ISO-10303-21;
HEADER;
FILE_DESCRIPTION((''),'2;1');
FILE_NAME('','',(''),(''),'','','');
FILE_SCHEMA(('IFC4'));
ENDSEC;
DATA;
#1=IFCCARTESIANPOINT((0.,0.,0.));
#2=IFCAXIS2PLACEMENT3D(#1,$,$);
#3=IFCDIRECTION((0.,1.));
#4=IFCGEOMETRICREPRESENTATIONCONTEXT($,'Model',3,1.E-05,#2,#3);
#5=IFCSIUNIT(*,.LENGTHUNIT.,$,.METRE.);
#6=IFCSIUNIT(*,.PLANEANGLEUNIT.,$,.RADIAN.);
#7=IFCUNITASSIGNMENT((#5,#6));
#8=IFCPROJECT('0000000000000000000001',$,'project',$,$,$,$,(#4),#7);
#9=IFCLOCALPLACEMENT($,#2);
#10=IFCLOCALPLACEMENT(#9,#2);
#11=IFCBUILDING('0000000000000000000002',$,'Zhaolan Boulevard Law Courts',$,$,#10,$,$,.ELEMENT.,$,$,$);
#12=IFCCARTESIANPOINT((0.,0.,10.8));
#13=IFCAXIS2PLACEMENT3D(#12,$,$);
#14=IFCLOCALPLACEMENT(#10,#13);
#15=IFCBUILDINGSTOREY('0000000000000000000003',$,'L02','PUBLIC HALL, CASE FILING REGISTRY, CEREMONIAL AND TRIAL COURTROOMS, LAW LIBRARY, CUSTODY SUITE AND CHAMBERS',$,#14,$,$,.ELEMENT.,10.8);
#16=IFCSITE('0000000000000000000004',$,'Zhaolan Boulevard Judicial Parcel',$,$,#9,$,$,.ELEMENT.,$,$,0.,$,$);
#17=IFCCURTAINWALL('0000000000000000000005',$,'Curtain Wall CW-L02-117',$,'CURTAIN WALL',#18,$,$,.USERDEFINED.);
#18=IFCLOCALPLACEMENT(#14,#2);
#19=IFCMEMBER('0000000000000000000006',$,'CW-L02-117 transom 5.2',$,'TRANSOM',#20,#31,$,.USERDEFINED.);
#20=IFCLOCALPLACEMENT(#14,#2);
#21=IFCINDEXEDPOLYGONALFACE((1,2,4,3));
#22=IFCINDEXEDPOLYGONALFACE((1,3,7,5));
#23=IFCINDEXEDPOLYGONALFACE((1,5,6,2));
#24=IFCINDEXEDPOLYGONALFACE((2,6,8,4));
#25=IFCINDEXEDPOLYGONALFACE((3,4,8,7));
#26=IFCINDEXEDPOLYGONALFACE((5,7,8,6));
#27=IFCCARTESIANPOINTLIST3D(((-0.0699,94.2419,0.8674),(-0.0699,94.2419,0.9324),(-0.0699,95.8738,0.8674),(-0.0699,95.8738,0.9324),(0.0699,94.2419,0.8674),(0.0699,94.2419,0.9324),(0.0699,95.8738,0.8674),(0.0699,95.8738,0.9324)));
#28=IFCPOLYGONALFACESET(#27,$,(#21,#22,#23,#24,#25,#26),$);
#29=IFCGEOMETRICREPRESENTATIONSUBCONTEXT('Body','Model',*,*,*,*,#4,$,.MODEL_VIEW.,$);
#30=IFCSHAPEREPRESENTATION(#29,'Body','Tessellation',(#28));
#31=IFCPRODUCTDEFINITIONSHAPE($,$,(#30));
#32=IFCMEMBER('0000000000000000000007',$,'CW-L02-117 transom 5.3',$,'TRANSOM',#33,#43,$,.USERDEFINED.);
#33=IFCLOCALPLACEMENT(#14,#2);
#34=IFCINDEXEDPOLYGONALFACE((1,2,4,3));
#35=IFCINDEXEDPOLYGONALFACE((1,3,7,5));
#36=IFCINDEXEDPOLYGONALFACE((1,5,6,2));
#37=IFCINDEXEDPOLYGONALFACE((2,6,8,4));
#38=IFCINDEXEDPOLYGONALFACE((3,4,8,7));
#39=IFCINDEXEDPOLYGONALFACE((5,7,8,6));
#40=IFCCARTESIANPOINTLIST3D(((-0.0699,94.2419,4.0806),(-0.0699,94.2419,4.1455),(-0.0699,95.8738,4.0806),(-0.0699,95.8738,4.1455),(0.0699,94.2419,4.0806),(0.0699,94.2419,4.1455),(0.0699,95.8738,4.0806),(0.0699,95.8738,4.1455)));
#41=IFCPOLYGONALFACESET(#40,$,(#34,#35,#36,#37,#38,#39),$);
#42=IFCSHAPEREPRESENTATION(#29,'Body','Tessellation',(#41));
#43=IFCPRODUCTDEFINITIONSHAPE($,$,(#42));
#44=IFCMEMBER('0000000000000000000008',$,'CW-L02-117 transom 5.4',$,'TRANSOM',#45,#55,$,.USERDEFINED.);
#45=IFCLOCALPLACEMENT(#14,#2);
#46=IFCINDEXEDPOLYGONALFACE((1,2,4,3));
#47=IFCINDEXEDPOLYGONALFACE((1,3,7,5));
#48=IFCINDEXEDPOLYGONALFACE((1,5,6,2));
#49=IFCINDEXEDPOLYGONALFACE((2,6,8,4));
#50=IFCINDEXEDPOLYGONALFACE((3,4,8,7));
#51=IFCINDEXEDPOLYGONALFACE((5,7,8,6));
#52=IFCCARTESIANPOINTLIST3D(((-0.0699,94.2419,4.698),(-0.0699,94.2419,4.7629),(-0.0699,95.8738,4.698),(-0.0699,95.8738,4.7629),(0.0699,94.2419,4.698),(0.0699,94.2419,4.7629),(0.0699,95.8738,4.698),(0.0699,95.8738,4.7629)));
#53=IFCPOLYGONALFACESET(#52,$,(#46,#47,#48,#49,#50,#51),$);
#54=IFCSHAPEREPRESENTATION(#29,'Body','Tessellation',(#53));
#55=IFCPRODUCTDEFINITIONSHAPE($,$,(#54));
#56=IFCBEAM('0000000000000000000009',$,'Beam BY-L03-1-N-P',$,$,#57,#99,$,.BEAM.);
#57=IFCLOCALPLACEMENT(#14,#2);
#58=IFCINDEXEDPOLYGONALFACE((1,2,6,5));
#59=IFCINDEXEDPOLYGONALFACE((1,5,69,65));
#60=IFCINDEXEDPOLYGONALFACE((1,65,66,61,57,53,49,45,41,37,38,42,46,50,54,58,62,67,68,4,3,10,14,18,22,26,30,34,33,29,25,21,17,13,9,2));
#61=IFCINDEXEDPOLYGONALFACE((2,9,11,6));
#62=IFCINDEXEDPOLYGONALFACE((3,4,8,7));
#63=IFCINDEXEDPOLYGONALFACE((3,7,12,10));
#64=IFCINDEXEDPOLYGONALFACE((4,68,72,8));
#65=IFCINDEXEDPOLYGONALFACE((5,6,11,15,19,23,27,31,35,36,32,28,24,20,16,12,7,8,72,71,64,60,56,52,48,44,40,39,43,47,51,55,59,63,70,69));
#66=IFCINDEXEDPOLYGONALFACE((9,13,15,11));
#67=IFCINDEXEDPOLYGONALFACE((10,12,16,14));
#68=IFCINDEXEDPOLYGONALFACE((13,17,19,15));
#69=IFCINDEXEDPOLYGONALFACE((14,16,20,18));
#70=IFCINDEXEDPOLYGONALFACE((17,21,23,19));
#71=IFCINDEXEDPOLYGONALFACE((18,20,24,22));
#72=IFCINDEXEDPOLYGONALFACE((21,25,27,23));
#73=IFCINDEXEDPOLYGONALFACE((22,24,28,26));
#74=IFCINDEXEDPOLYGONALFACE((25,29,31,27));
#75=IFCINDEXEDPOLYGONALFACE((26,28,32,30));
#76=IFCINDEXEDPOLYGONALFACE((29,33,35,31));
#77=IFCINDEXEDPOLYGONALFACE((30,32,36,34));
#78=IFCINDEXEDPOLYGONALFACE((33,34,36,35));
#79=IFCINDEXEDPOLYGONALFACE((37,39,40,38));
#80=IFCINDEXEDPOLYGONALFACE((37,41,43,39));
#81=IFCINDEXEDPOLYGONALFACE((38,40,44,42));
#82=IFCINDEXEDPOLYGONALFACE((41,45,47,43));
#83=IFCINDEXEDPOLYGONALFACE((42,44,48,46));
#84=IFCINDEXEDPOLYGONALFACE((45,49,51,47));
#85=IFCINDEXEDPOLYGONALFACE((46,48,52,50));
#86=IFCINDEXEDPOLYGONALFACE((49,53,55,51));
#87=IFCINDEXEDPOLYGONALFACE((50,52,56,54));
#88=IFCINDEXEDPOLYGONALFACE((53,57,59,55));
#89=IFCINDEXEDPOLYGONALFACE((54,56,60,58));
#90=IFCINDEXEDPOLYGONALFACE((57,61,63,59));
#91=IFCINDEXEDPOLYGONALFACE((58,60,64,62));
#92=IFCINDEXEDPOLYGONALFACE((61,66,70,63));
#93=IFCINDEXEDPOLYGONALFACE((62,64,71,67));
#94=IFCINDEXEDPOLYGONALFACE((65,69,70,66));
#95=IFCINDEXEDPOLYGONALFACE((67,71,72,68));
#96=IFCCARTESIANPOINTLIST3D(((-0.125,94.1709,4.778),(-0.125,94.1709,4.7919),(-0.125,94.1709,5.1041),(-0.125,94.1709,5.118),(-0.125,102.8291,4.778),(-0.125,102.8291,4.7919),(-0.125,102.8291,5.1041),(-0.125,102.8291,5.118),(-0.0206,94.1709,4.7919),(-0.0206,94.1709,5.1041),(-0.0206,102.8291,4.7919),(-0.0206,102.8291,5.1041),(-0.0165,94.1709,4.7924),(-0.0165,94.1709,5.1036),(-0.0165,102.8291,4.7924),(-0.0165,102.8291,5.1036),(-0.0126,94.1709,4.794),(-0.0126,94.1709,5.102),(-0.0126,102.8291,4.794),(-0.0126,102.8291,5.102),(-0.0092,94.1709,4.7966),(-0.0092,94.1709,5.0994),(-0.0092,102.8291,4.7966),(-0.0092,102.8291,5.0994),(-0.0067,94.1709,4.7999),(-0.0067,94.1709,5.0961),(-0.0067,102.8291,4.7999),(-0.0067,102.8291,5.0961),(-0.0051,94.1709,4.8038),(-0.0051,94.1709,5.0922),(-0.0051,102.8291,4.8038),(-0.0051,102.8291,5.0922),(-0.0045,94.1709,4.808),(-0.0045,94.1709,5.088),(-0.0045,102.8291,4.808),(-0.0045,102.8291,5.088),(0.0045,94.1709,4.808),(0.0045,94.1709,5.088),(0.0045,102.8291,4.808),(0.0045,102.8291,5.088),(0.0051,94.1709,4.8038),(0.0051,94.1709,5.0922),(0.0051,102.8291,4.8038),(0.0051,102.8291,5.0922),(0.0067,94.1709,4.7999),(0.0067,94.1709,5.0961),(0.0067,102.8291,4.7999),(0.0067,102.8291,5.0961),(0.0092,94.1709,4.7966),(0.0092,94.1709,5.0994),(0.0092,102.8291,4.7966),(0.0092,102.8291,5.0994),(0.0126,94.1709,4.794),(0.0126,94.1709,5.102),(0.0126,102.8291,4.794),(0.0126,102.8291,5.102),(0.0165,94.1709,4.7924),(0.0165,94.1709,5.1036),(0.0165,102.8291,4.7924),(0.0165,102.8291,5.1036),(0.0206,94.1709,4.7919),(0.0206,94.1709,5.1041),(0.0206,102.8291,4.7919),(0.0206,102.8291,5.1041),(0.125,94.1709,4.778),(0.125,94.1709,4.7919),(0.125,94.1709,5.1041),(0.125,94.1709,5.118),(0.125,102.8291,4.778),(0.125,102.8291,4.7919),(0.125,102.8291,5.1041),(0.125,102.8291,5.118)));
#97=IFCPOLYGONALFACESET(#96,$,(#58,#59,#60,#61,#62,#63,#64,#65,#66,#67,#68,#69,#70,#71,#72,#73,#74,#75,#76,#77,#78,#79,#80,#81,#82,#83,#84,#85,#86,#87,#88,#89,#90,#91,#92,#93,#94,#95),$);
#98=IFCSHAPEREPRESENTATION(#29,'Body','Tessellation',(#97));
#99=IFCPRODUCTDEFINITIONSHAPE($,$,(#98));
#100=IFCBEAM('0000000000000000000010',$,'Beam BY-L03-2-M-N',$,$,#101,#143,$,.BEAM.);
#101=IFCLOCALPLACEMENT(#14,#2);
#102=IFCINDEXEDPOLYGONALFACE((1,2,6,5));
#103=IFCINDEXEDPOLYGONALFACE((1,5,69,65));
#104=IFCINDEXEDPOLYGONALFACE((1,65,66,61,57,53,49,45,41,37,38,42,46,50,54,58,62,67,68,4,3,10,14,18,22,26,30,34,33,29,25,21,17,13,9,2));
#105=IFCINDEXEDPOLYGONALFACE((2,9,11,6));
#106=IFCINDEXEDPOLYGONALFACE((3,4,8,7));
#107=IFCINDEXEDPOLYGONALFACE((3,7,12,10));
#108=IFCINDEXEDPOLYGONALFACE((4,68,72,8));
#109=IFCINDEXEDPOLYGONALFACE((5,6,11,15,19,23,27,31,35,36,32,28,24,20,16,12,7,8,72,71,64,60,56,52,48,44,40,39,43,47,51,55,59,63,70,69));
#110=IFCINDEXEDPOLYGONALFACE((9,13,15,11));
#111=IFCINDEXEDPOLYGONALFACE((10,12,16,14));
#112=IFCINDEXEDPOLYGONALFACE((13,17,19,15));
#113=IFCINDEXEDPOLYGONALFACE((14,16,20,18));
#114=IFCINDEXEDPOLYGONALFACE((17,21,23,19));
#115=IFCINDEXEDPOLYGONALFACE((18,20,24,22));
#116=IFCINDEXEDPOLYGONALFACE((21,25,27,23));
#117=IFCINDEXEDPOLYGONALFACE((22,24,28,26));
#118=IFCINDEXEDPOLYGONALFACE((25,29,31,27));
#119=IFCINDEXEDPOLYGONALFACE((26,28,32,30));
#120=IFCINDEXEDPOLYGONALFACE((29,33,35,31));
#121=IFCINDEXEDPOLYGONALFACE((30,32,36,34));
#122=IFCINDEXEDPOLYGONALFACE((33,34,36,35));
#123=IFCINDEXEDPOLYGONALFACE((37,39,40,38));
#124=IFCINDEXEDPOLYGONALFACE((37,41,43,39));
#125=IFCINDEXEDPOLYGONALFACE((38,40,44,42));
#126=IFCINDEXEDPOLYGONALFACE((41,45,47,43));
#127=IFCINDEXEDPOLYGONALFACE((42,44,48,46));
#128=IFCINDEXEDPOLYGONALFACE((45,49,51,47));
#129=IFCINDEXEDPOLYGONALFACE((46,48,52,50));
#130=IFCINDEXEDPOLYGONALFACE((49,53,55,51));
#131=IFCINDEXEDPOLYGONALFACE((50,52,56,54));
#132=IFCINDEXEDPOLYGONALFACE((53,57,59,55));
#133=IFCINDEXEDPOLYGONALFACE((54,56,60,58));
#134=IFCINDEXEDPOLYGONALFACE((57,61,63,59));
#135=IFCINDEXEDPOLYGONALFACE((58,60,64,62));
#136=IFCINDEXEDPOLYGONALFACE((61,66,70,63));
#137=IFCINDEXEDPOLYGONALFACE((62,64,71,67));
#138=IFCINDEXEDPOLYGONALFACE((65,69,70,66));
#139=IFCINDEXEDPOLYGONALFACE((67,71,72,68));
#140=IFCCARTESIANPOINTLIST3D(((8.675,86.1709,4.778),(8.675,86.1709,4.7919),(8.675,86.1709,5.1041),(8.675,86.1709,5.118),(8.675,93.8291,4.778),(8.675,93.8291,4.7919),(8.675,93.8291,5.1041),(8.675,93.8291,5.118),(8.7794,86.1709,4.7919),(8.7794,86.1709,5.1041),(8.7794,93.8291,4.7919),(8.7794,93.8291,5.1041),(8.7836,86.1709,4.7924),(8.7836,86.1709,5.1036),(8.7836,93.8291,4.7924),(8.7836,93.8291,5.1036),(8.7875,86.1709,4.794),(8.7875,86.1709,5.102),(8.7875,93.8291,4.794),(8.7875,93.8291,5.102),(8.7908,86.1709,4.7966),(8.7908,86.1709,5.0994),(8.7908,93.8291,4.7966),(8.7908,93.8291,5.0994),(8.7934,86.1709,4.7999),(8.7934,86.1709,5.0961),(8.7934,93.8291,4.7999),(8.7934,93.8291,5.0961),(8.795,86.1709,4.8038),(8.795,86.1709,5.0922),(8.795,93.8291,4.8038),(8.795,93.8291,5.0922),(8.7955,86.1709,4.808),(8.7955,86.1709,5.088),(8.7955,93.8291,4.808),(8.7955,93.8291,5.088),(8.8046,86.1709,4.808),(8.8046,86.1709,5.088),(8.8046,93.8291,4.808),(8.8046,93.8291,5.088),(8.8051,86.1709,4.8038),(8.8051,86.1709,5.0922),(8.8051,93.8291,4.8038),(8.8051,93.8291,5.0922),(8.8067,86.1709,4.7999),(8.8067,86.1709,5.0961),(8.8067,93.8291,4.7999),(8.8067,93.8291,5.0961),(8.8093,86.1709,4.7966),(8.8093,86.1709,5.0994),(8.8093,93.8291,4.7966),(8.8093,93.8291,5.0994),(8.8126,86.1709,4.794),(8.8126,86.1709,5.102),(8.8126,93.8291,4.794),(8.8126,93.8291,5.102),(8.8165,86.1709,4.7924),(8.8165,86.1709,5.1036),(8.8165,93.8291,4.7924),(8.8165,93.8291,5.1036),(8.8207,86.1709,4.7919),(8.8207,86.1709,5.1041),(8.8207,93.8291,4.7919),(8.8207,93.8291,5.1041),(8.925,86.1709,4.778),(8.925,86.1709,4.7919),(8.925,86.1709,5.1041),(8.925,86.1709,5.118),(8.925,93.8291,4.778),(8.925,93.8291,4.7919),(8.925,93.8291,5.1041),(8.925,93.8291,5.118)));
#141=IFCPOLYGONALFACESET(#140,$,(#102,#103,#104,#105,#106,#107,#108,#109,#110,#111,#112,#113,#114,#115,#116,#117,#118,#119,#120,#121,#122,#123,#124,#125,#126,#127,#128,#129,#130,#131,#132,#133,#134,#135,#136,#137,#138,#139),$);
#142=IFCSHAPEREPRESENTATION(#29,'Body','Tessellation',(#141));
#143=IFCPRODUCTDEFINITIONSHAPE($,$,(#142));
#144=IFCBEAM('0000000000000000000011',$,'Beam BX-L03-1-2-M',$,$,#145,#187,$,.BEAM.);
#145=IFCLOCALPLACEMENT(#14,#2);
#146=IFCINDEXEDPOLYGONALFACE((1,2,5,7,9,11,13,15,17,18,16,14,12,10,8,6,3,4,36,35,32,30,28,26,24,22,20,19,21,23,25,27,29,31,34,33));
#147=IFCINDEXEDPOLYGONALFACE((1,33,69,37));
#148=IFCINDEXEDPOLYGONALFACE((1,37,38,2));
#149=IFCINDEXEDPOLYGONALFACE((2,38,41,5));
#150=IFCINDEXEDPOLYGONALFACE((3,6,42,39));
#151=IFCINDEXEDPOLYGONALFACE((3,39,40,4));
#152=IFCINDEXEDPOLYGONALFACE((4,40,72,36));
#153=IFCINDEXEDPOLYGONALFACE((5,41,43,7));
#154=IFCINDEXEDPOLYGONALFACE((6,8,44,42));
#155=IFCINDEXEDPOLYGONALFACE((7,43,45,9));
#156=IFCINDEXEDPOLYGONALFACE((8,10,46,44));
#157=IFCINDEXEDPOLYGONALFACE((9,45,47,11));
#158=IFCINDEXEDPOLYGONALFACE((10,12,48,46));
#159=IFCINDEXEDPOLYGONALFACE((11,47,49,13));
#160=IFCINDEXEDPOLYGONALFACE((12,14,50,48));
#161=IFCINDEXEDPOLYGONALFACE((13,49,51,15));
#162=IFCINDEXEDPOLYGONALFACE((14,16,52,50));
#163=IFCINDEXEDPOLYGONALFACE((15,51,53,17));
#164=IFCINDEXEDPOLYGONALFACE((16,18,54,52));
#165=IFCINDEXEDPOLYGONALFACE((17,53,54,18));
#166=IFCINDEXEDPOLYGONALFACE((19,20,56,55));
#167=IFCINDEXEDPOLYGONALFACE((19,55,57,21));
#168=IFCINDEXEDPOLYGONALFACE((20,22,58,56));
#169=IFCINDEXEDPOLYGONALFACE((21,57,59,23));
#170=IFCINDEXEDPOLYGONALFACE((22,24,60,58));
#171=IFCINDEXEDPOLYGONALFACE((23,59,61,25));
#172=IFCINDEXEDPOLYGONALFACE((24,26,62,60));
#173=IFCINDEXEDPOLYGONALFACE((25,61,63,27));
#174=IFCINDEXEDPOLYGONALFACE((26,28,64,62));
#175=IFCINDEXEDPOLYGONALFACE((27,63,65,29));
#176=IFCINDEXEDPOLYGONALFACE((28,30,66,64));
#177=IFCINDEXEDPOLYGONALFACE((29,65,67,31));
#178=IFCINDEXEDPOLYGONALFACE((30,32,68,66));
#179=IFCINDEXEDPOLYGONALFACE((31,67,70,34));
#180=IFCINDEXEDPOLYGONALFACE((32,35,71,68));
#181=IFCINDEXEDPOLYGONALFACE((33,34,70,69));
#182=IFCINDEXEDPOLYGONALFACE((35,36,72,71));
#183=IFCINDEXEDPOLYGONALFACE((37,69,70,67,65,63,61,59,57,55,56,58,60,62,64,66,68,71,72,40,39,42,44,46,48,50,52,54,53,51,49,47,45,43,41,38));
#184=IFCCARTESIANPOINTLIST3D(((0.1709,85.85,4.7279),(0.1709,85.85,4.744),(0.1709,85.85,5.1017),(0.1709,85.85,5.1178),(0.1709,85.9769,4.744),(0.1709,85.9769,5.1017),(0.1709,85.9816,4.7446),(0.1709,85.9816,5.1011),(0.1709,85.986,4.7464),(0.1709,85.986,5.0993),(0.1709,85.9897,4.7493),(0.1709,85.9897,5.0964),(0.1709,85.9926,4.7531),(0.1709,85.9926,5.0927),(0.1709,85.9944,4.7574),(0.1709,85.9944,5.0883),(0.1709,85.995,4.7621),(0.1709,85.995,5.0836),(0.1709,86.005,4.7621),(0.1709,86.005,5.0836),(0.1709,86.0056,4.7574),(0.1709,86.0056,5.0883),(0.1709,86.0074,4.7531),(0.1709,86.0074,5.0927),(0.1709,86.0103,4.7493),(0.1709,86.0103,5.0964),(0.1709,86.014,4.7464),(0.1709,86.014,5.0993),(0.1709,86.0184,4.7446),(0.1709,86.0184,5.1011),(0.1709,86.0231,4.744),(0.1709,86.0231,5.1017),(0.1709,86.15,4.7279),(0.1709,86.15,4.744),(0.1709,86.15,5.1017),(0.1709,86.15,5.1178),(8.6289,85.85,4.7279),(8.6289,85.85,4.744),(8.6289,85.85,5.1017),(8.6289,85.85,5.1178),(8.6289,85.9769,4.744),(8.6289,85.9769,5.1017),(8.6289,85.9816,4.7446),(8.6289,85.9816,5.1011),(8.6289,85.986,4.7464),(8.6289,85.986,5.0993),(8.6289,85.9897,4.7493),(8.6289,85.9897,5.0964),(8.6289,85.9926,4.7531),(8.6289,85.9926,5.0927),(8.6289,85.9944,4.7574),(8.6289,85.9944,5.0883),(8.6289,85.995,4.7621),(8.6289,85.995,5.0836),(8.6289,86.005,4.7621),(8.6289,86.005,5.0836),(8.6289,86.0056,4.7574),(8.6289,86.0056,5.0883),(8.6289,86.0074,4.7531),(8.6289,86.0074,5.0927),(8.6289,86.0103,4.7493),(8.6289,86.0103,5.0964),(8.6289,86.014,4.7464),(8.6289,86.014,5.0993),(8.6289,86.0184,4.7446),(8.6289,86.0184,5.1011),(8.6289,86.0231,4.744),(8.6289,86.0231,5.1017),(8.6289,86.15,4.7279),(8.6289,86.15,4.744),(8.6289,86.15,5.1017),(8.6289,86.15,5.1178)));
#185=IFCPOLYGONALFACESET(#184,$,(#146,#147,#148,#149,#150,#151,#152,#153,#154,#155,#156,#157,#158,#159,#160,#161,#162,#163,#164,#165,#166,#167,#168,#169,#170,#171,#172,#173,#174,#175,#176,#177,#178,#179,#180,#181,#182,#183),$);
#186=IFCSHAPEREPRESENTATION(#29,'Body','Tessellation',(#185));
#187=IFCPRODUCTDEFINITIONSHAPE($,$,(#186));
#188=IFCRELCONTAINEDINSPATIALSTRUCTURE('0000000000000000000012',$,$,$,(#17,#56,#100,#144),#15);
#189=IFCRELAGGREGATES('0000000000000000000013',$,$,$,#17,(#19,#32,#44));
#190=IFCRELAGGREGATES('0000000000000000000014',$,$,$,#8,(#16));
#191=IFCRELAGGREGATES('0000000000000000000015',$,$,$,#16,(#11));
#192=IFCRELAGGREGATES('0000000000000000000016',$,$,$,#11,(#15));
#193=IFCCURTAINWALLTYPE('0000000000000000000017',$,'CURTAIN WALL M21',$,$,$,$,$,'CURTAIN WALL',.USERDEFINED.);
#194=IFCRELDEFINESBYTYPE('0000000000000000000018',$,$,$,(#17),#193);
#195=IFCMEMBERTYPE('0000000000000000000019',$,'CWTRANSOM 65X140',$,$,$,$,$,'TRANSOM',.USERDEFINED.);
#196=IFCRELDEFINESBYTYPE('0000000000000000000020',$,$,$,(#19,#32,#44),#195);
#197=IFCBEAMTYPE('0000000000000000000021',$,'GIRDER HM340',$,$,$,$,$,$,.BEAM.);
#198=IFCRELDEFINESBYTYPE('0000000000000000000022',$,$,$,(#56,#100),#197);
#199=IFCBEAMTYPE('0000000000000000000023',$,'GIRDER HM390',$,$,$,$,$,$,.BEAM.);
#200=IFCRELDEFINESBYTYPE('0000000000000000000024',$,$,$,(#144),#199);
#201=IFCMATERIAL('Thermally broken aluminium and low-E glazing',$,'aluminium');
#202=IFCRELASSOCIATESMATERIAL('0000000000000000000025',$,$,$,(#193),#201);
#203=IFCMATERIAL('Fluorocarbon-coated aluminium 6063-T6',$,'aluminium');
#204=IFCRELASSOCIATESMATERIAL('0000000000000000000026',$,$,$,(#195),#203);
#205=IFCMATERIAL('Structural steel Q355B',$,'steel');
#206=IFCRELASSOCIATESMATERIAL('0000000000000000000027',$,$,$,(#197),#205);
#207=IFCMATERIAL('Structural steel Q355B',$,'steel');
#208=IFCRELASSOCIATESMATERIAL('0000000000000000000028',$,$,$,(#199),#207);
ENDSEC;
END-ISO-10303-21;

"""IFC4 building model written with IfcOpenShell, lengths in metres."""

from ifc_helpers import new_model, si_unit, direction, frame, origin, origin_2d, place, context, subcontext, project, spatial, rectangle, i_section, extrude, material, material_profile, profile_set, type_object, element, aggregate, save


model = new_model("IFC4")

# Units and contexts
model_context = context("Model", 3, precision=1e-05, world=origin(), true_north=direction((0.0, 1.0)))
body_context = subcontext(model_context, "Body", "Model", "MODEL_VIEW")
ifc_project = project(units=[si_unit("LENGTHUNIT", "METRE"), si_unit("PLANEANGLEUNIT", "RADIAN")], contexts=[model_context])

# Site, building, storey
site_placement = place(None, origin())
site = spatial("IfcSite", under=ifc_project, at=site_placement, Name="Zhaolan Boulevard Judicial Parcel", CompositionType="ELEMENT", RefElevation=0.0)
building_placement = place(site_placement, origin())
building = spatial("IfcBuilding", under=site, at=building_placement, Name="Zhaolan Boulevard Law Courts", CompositionType="ELEMENT")
storey_placement = place(building_placement, frame((0.0, 0.0, 10.8)))
storey = spatial("IfcBuildingStorey", under=building, at=storey_placement, Name="L02", Description="PUBLIC HALL, CASE FILING REGISTRY, CEREMONIAL AND TRIAL COURTROOMS, LAW LIBRARY, CUSTODY SUITE AND CHAMBERS", CompositionType="ELEMENT", Elevation=10.8)

# Curtain wall, members
ifc_material_1 = material(Name="Thermally broken aluminium and low-E glazing", Category="aluminium")
curtain_wall_type_1 = type_object("IfcCurtainWallType", Name="CURTAIN WALL M21", ElementType="CURTAIN WALL", PredefinedType="USERDEFINED", material=ifc_material_1)
curtain_wall_1_placement = place(storey_placement, origin())
curtain_wall_1 = element("IfcCurtainWall", 1, at=curtain_wall_1_placement, inside=storey, type_object=curtain_wall_type_1, Name="Curtain Wall CW-L02-117", ObjectType="CURTAIN WALL", PredefinedType="USERDEFINED")
ifc_material_2 = material(Name="Fluorocarbon-coated aluminium 6063-T6", Category="aluminium")
ifc_material_profile_1 = material_profile(ifc_material_2, rectangle(XDim=0.1399, YDim=0.0649, at=origin_2d()), Name="AL65x140")
ifc_profile_set_1 = profile_set([ifc_material_profile_1], Name="Fluorocarbon-coated aluminium 6063-T6")
member_type_1 = type_object("IfcMemberType", Name="CWTRANSOM 65X140", ElementType="TRANSOM", PredefinedType="USERDEFINED", material=ifc_profile_set_1)
member_1_placement = place(storey_placement, frame((0.0, 95.8738, 0.8999), z_axis=(0.0, -1.0, 0.0), x_axis=(1.0, 0.0, 0.0)))
member_1 = element("IfcMember", 2, at=member_1_placement, type_object=member_type_1, Name="CW-L02-117 transom 5.2", ObjectType="TRANSOM", PredefinedType="USERDEFINED", context=body_context, shape_type="SweptSolid", body=[
    extrude(rectangle(XDim=0.1399, YDim=0.0649, at=origin_2d()), origin(), (0.0, 0.0, 1.0), 1.6318),
])
member_2_placement = place(storey_placement, frame((0.0, 95.8738, 4.113), z_axis=(0.0, -1.0, 0.0), x_axis=(1.0, 0.0, 0.0)))
member_2 = element("IfcMember", 3, at=member_2_placement, type_object=member_type_1, Name="CW-L02-117 transom 5.3", ObjectType="TRANSOM", PredefinedType="USERDEFINED", context=body_context, shape_type="SweptSolid", body=[
    extrude(rectangle(XDim=0.1399, YDim=0.0649, at=origin_2d()), origin(), (0.0, 0.0, 1.0), 1.6318),
])
member_3_placement = place(storey_placement, frame((0.0, 95.8738, 4.7305), z_axis=(0.0, -1.0, 0.0), x_axis=(1.0, 0.0, 0.0)))
member_3 = element("IfcMember", 4, at=member_3_placement, type_object=member_type_1, Name="CW-L02-117 transom 5.4", ObjectType="TRANSOM", PredefinedType="USERDEFINED", context=body_context, shape_type="SweptSolid", body=[
    extrude(rectangle(XDim=0.1399, YDim=0.0649, at=origin_2d()), origin(), (0.0, 0.0, 1.0), 1.6318),
])

# Beams
ifc_material_3 = material(Name="Structural steel Q355B", Category="steel")
ifc_material_profile_2 = material_profile(ifc_material_3, i_section(OverallWidth=0.25, OverallDepth=0.3401, WebThickness=0.009, FlangeThickness=0.0139, FilletRadius=0.0161, at=origin_2d()), Name="HM340x250")
ifc_profile_set_2 = profile_set([ifc_material_profile_2], Name="Structural steel Q355B")
beam_type_1 = type_object("IfcBeamType", Name="GIRDER HM340", PredefinedType="BEAM", material=ifc_profile_set_2)
beam_1_placement = place(storey_placement, frame((0.0, 94.1709, 4.948), z_axis=(0.0, 1.0, 0.0), x_axis=(-1.0, 0.0, 0.0)))
element("IfcBeam", 5, at=beam_1_placement, inside=storey, type_object=beam_type_1, Name="Beam BY-L03-1-N-P", PredefinedType="BEAM", context=body_context, shape_type="SweptSolid", body=[
    extrude(i_section(OverallWidth=0.25, OverallDepth=0.3401, WebThickness=0.009, FlangeThickness=0.0139, FilletRadius=0.0161, at=origin_2d()), origin(), (0.0, 0.0, 1.0), 8.6582),
])
beam_2_placement = place(storey_placement, frame((8.8, 86.1709, 4.948), z_axis=(0.0, 1.0, 0.0), x_axis=(-1.0, 0.0, 0.0)))
element("IfcBeam", 6, at=beam_2_placement, inside=storey, type_object=beam_type_1, Name="Beam BY-L03-2-M-N", PredefinedType="BEAM", context=body_context, shape_type="SweptSolid", body=[
    extrude(i_section(OverallWidth=0.25, OverallDepth=0.3401, WebThickness=0.009, FlangeThickness=0.0139, FilletRadius=0.0161, at=origin_2d()), origin(), (0.0, 0.0, 1.0), 7.6582),
])
ifc_material_4 = material(Name="Structural steel Q355B", Category="steel")
ifc_material_profile_3 = material_profile(ifc_material_4, i_section(OverallWidth=0.3, OverallDepth=0.3899, WebThickness=0.01, FlangeThickness=0.0161, FilletRadius=0.0181, at=origin_2d()), Name="HM390x300")
ifc_profile_set_3 = profile_set([ifc_material_profile_3], Name="Structural steel Q355B")
beam_type_2 = type_object("IfcBeamType", Name="GIRDER HM390", PredefinedType="BEAM", material=ifc_profile_set_3)
beam_3_placement = place(storey_placement, frame((0.1709, 86.0, 4.9229), z_axis=(1.0, 0.0, 0.0), x_axis=(0.0, 1.0, 0.0)))
element("IfcBeam", 7, at=beam_3_placement, inside=storey, type_object=beam_type_2, Name="Beam BX-L03-1-2-M", PredefinedType="BEAM", context=body_context, shape_type="SweptSolid", body=[
    extrude(i_section(OverallWidth=0.3, OverallDepth=0.3899, WebThickness=0.01, FlangeThickness=0.0161, FilletRadius=0.0181, at=origin_2d()), origin(), (0.0, 0.0, 1.0), 8.458),
])

aggregate(curtain_wall_1, [member_1, member_2, member_3])

save(model, "model.ifc")
